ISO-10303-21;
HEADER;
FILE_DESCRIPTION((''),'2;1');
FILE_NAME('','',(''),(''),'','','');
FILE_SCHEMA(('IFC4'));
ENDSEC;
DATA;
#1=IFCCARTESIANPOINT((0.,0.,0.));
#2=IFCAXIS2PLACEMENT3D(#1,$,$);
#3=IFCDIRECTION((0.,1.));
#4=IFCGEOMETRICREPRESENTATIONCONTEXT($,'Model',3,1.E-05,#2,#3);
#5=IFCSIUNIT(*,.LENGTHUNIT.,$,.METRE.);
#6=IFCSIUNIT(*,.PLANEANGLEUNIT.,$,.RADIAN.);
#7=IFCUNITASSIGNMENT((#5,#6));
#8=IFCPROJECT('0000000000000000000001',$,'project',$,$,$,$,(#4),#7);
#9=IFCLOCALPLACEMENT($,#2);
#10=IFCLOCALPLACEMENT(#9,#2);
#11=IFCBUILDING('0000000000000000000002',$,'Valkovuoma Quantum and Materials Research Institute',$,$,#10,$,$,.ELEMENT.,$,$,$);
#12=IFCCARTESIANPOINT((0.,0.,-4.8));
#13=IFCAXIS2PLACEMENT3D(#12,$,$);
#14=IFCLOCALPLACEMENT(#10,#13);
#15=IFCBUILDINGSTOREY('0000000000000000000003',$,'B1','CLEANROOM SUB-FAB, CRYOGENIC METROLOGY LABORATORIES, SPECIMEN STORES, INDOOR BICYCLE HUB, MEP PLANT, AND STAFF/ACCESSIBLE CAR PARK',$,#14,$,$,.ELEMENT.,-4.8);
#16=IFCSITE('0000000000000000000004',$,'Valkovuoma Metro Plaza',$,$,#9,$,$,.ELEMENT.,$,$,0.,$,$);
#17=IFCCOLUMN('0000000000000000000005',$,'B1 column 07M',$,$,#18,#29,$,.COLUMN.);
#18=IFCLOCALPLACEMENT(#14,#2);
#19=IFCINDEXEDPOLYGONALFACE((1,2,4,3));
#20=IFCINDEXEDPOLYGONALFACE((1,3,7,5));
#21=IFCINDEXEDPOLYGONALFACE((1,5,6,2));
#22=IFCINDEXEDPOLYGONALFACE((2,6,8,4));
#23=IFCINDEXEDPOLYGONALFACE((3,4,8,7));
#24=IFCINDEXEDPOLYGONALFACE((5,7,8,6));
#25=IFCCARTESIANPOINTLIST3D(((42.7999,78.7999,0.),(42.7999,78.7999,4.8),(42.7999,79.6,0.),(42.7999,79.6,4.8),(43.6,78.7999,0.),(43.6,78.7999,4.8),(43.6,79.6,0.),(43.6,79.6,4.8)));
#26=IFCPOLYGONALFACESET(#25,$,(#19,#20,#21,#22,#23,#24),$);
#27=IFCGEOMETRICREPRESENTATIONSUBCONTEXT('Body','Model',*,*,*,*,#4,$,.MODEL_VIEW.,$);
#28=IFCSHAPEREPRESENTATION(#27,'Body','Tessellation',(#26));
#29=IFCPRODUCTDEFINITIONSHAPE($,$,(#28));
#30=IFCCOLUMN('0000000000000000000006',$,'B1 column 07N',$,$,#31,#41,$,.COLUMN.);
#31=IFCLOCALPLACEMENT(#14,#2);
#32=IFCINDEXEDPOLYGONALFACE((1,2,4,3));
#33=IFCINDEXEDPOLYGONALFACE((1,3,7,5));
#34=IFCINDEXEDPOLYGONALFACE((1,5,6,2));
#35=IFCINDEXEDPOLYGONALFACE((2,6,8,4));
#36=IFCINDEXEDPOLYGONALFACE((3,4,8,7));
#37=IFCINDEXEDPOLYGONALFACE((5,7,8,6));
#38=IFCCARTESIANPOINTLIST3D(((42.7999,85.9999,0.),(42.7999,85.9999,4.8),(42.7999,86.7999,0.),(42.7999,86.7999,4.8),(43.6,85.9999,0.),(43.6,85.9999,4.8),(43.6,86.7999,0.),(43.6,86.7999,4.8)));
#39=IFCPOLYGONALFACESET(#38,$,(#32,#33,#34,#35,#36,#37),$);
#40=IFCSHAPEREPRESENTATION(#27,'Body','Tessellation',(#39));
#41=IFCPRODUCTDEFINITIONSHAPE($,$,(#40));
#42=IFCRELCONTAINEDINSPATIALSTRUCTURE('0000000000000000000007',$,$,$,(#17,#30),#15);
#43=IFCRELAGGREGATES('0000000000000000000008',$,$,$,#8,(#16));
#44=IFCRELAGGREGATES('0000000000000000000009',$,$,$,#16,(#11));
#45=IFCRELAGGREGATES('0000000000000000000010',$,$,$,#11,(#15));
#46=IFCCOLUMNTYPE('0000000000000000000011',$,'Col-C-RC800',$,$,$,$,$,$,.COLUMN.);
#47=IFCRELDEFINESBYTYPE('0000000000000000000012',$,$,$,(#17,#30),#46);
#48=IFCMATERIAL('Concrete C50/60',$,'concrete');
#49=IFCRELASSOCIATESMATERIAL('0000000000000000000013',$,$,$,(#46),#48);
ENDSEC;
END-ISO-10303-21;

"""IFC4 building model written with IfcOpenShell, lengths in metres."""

from ifc_helpers import new_model, si_unit, direction, frame, origin, origin_2d, place, context, subcontext, project, spatial, rectangle, extrude, material, material_profile, profile_set, type_object, element, save


model = new_model("IFC4")

# Units and contexts
model_context = context("Model", 3, precision=1e-05, world=origin(), true_north=direction((0.0, 1.0)))
body_context = subcontext(model_context, "Body", "Model", "MODEL_VIEW")
ifc_project = project(units=[si_unit("LENGTHUNIT", "METRE"), si_unit("PLANEANGLEUNIT", "RADIAN")], contexts=[model_context])

# Site, building, storey
site_placement = place(None, origin())
site = spatial("IfcSite", under=ifc_project, at=site_placement, Name="Valkovuoma Metro Plaza", CompositionType="ELEMENT", RefElevation=0.0)
building_placement = place(site_placement, origin())
building = spatial("IfcBuilding", under=site, at=building_placement, Name="Valkovuoma Quantum and Materials Research Institute", CompositionType="ELEMENT")
storey_placement = place(building_placement, frame((0.0, 0.0, -4.8)))
storey = spatial("IfcBuildingStorey", under=building, at=storey_placement, Name="B1", Description="CLEANROOM SUB-FAB, CRYOGENIC METROLOGY LABORATORIES, SPECIMEN STORES, INDOOR BICYCLE HUB, MEP PLANT, AND STAFF/ACCESSIBLE CAR PARK", CompositionType="ELEMENT", Elevation=-4.8)

# Columns
ifc_material_1 = material(Name="Concrete C50/60", Category="concrete")
ifc_material_profile_1 = material_profile(ifc_material_1, rectangle(XDim=0.8, YDim=0.8, at=origin_2d()), Name="Concrete C50/60")
ifc_profile_set_1 = profile_set([ifc_material_profile_1], Name="Concrete C50/60")
column_type = type_object("IfcColumnType", Name="Col-C-RC800", PredefinedType="COLUMN", material=ifc_profile_set_1)
for number, where, z_axis, x_axis, name in (
    (1, (43.2, 79.2, 0.0), (0.0, 0.0, 1.0), (1.0, 0.0, 0.0), "B1 column 07M"),
    (2, (43.2, 86.3999, 0.0), (0.0, 0.0, 1.0), (1.0, 0.0, 0.0), "B1 column 07N"),
):
    element("IfcColumn", number, at=place(storey_placement, frame(where, z_axis=z_axis, x_axis=x_axis)), inside=storey, type_object=column_type, Name=name, PredefinedType="COLUMN", context=body_context, shape_type="SweptSolid", body=[
        extrude(rectangle(XDim=0.8, YDim=0.8, at=origin_2d()), origin(), (0.0, 0.0, 1.0), 4.8),
    ])

save(model, "model.ifc")
